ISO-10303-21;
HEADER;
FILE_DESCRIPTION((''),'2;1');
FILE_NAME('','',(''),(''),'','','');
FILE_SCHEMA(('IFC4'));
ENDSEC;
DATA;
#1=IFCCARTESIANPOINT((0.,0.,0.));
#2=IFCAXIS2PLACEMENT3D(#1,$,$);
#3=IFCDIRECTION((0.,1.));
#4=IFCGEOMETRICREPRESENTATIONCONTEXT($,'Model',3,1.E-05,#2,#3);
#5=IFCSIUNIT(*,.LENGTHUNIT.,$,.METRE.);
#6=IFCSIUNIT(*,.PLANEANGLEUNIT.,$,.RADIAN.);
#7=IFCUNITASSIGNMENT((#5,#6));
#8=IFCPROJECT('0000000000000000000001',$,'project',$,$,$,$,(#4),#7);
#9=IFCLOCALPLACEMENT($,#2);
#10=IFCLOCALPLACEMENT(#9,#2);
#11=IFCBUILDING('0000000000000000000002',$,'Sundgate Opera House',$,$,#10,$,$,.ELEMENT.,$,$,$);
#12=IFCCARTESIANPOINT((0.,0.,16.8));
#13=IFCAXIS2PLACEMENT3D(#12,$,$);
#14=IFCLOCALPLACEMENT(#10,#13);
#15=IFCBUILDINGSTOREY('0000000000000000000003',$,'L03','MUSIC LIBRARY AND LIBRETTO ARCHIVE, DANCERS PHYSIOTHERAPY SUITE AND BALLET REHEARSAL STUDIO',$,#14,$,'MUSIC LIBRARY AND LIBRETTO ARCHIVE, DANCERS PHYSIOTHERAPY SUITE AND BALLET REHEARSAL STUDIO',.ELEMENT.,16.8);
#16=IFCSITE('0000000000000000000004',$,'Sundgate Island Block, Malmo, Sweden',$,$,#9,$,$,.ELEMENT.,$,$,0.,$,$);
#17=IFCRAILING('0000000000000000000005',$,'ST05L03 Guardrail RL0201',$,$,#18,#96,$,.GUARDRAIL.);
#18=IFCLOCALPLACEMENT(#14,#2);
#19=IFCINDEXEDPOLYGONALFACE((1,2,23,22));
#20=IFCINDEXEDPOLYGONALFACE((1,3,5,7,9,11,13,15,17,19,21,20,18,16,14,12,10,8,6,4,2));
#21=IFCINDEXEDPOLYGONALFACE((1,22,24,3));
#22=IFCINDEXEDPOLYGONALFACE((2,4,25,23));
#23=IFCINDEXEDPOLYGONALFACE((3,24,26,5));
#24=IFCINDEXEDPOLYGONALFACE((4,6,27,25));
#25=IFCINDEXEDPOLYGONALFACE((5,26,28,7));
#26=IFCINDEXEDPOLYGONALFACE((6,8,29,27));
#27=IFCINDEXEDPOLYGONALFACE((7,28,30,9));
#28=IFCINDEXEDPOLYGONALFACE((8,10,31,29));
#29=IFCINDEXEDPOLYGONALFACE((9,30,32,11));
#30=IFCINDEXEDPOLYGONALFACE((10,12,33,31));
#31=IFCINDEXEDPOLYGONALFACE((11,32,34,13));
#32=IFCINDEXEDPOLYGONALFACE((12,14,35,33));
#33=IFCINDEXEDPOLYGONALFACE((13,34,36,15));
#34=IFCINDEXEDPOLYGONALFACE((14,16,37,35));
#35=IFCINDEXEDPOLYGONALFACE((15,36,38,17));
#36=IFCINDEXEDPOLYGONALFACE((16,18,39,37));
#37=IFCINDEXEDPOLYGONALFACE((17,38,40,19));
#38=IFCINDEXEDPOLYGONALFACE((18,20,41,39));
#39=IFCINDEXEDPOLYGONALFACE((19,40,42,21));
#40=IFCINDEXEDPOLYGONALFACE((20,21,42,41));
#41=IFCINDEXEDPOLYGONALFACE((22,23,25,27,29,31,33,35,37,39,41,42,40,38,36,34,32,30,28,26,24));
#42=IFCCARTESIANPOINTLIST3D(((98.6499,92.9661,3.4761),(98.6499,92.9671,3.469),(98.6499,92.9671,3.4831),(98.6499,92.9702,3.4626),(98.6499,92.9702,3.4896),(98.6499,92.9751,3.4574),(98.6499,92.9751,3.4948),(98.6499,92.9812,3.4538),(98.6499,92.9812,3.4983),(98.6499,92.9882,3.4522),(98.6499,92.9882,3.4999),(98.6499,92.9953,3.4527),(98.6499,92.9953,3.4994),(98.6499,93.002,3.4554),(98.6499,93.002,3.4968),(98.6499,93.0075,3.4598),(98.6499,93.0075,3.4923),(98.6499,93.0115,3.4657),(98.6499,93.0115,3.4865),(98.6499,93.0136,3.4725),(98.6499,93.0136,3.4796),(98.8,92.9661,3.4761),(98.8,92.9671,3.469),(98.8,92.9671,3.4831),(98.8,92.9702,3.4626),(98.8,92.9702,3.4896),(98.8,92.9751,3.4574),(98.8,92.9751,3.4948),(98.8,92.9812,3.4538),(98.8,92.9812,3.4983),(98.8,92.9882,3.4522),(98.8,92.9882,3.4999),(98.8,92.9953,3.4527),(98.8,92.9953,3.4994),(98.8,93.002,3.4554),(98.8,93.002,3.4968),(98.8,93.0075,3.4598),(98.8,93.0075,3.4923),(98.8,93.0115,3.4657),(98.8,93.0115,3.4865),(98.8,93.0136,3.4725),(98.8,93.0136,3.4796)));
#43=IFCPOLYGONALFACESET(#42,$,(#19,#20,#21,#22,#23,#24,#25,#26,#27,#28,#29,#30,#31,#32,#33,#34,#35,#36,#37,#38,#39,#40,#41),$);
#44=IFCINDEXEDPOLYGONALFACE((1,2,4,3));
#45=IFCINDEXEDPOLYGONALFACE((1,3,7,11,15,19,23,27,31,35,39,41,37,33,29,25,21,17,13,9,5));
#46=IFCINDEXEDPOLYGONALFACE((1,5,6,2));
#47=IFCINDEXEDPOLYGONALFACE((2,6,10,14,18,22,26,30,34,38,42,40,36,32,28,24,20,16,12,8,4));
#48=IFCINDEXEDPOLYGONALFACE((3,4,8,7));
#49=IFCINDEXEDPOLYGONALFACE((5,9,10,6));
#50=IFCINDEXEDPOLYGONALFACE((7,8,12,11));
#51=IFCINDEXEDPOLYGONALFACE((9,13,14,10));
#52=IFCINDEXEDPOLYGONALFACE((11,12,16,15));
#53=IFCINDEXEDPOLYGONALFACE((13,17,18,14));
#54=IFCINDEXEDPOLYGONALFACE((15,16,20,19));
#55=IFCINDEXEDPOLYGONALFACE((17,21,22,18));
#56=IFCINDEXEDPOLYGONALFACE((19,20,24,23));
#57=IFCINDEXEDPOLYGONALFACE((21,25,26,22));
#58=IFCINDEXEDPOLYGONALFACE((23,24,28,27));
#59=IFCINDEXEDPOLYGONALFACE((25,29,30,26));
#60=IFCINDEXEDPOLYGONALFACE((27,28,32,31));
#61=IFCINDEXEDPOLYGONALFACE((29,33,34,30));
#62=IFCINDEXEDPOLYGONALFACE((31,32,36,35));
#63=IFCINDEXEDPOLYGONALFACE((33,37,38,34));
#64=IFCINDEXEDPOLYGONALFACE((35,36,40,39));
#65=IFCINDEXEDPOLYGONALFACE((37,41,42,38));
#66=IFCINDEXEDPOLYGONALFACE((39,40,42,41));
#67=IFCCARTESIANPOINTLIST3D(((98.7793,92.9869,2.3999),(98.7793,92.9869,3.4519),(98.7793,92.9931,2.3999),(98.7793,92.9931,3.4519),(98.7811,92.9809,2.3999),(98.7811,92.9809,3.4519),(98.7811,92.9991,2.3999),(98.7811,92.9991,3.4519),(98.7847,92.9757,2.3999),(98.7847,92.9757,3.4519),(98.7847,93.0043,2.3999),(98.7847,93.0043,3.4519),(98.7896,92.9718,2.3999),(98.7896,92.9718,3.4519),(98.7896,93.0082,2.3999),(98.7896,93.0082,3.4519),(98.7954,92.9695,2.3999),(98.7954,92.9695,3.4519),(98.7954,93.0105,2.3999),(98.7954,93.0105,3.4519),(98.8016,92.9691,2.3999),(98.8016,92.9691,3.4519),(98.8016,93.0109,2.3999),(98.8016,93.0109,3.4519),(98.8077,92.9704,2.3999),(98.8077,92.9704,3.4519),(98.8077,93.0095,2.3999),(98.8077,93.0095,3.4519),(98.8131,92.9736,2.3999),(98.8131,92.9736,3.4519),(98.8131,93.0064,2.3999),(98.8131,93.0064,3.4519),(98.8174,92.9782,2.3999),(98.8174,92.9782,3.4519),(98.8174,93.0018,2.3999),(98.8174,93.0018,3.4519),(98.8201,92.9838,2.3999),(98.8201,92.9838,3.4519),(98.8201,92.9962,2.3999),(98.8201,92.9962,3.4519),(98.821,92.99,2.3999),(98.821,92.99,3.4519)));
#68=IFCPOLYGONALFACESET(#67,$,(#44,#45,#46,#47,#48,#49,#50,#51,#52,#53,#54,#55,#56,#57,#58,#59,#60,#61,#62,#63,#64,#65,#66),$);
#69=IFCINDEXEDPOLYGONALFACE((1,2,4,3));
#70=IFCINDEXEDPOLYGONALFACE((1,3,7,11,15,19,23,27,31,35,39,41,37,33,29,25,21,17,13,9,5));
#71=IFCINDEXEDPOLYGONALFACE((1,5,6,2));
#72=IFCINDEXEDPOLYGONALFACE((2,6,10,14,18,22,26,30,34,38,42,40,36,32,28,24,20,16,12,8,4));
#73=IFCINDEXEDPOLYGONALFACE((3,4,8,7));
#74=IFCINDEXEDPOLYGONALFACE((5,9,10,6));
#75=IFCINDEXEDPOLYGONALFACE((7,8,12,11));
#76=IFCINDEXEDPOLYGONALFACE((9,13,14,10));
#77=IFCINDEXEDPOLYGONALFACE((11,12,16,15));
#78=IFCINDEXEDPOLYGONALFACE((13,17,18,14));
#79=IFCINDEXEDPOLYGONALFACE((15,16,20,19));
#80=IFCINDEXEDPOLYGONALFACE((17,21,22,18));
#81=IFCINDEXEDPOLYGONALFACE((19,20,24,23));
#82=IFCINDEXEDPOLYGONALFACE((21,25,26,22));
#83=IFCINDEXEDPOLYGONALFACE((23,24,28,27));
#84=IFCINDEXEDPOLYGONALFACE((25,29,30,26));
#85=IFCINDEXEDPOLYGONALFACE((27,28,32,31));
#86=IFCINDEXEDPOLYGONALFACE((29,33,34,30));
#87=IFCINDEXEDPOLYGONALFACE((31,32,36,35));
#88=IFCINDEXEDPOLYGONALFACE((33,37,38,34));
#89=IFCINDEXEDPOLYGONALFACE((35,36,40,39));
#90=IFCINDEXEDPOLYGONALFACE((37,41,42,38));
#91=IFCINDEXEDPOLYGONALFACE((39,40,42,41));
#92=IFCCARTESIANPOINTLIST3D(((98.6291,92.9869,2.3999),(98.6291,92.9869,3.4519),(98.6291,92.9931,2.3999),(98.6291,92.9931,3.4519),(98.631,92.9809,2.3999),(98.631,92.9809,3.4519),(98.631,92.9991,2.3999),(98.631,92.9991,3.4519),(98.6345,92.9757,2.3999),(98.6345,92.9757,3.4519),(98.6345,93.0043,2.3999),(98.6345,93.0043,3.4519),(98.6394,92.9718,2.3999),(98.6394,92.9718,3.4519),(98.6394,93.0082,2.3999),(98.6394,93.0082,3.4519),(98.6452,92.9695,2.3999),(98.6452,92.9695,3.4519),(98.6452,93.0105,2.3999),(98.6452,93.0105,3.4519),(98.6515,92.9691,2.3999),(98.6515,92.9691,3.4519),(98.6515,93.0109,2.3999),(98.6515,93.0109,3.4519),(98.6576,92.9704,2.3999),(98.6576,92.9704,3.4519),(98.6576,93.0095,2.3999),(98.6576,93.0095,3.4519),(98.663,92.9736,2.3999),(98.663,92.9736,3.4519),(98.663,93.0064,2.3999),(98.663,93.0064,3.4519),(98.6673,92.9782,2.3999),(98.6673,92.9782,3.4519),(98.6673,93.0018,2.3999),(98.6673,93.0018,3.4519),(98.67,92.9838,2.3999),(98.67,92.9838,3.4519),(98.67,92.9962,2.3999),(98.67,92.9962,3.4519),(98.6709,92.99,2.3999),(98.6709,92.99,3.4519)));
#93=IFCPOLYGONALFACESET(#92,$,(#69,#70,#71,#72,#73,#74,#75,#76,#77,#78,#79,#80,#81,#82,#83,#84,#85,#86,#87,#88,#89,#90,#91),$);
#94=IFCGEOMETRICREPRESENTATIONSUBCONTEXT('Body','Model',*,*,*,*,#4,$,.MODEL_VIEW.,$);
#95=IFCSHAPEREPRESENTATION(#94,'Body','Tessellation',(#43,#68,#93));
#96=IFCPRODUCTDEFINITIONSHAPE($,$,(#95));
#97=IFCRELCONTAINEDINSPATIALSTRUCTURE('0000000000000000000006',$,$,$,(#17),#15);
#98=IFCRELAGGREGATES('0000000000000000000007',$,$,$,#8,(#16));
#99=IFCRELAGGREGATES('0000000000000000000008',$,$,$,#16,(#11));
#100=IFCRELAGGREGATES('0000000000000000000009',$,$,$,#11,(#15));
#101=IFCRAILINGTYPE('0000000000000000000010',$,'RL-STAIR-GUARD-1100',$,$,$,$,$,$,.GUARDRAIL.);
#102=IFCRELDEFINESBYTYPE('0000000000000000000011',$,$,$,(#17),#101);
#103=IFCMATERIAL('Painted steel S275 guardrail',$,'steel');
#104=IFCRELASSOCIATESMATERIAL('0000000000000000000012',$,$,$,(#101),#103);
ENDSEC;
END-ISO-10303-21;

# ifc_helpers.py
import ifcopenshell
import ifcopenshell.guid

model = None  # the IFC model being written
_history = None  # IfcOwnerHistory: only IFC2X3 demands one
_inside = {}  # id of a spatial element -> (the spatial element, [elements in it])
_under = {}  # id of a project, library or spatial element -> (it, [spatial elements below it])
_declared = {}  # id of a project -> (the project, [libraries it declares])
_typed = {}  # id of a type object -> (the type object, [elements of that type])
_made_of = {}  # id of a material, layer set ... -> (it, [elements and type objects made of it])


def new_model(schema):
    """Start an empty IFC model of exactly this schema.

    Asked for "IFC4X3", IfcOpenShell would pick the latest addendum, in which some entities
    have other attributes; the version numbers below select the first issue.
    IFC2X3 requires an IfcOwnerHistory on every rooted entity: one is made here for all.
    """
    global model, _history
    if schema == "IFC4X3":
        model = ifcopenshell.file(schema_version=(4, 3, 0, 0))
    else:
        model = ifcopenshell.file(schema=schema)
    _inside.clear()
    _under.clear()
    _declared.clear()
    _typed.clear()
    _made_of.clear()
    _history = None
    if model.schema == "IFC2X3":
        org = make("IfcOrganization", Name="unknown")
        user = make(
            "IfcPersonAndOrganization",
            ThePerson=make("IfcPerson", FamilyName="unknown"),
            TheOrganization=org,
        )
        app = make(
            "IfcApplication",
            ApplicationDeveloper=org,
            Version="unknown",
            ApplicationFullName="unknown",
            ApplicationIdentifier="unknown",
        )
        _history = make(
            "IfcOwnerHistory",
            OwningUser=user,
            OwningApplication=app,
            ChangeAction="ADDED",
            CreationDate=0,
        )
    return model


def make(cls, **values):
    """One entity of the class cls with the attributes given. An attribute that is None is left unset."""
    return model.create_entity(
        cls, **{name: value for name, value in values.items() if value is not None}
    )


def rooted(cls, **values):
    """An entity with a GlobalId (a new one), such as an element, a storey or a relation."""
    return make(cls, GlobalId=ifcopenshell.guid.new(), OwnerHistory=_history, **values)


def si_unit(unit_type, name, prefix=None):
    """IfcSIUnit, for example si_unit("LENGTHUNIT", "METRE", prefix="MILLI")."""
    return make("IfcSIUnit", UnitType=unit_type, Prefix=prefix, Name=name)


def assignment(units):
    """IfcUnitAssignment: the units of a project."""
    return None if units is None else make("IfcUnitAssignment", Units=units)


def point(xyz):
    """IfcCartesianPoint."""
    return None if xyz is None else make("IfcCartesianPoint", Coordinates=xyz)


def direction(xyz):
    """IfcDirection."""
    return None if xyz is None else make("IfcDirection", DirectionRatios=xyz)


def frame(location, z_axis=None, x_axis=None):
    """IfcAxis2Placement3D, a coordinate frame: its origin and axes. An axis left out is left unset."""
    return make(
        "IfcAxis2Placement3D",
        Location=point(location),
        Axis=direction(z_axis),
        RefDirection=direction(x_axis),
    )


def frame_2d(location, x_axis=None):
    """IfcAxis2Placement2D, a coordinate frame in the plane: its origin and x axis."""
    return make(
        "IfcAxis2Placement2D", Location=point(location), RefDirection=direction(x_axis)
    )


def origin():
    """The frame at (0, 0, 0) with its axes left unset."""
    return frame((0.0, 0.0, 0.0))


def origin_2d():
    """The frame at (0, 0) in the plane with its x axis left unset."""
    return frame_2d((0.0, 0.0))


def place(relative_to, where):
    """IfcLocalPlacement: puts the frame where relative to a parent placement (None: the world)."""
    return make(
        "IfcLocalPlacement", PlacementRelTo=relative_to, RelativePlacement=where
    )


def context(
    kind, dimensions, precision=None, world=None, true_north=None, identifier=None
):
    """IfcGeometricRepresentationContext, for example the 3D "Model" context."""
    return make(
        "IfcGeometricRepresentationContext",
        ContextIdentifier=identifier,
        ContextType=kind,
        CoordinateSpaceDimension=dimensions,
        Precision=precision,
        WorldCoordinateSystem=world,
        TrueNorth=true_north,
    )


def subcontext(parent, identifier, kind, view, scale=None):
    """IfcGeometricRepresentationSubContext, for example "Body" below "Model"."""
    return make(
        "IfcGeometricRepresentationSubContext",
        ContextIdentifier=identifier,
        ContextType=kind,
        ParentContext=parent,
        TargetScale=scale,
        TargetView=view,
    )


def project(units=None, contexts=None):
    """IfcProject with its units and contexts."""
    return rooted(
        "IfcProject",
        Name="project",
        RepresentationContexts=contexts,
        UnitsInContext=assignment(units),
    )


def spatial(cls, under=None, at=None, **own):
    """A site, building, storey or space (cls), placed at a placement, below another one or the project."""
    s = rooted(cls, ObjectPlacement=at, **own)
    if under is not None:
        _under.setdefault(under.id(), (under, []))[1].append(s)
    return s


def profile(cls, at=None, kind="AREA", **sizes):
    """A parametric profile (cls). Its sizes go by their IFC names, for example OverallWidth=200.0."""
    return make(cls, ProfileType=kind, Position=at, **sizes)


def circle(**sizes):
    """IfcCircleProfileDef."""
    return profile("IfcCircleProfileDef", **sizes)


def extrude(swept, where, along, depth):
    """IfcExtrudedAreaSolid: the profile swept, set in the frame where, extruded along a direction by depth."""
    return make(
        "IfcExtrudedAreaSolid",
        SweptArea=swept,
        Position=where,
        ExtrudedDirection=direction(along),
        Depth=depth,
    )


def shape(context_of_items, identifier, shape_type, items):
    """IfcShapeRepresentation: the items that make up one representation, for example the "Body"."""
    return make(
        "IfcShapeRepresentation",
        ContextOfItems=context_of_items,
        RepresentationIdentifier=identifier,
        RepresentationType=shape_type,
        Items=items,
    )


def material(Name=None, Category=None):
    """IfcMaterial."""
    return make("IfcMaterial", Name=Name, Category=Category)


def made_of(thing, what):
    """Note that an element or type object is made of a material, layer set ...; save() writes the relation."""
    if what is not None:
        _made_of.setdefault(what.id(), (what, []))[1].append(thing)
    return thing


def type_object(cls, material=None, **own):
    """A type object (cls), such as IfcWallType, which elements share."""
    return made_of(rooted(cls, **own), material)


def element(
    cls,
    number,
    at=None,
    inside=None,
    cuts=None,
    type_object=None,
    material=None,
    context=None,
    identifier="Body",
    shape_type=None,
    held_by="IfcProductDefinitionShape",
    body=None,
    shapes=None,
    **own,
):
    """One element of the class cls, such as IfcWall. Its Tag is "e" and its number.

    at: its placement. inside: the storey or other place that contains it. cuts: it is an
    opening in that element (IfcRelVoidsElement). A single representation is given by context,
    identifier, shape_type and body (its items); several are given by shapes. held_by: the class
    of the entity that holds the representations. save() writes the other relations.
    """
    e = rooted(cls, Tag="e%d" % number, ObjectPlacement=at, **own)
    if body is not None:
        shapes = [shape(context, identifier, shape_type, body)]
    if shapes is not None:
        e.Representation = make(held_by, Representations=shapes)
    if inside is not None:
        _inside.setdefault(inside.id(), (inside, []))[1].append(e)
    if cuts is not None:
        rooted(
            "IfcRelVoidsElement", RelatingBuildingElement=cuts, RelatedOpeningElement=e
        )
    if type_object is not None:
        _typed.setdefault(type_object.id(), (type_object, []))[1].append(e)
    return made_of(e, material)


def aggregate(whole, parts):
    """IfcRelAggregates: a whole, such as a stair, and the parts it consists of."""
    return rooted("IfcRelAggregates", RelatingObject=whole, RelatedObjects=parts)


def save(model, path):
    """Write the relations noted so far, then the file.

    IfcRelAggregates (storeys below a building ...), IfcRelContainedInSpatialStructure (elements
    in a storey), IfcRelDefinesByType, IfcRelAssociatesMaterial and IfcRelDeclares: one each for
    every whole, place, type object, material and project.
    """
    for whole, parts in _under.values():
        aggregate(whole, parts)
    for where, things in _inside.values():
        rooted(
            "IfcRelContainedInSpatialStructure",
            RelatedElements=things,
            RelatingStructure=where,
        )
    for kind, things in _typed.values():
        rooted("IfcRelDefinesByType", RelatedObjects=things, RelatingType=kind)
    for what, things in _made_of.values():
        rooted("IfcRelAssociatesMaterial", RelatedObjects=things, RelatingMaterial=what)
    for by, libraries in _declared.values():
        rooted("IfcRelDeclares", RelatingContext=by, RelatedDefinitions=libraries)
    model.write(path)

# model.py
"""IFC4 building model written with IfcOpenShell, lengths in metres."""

from ifc_helpers import new_model, si_unit, direction, frame, origin, origin_2d, place, context, subcontext, project, spatial, circle, extrude, material, type_object, element, save


model = new_model("IFC4")

# Units and contexts
model_context = context("Model", 3, precision=1e-05, world=origin(), true_north=direction((0.0, 1.0)))
body_context = subcontext(model_context, "Body", "Model", "MODEL_VIEW")
ifc_project = project(units=[si_unit("LENGTHUNIT", "METRE"), si_unit("PLANEANGLEUNIT", "RADIAN")], contexts=[model_context])

# Site, building, storey
site_placement = place(None, origin())
site = spatial("IfcSite", under=ifc_project, at=site_placement, Name="Sundgate Island Block, Malmo, Sweden", CompositionType="ELEMENT", RefElevation=0.0)
building_placement = place(site_placement, origin())
building = spatial("IfcBuilding", under=site, at=building_placement, Name="Sundgate Opera House", CompositionType="ELEMENT")
storey_placement = place(building_placement, frame((0.0, 0.0, 16.8)))
storey = spatial("IfcBuildingStorey", under=building, at=storey_placement, Name="L03", Description="MUSIC LIBRARY AND LIBRETTO ARCHIVE, DANCERS PHYSIOTHERAPY SUITE AND BALLET REHEARSAL STUDIO", LongName="MUSIC LIBRARY AND LIBRETTO ARCHIVE, DANCERS PHYSIOTHERAPY SUITE AND BALLET REHEARSAL STUDIO", CompositionType="ELEMENT", Elevation=16.8)

# Railing
ifc_material_1 = material(Name="Painted steel S275 guardrail", Category="steel")
railing_type_1 = type_object("IfcRailingType", Name="RL-STAIR-GUARD-1100", PredefinedType="GUARDRAIL", material=ifc_material_1)
railing_1_placement = place(storey_placement, frame((98.8, 92.99, 2.3999)))
element("IfcRailing", 1, at=railing_1_placement, inside=storey, type_object=railing_type_1, Name="ST05L03 Guardrail RL0201", PredefinedType="GUARDRAIL", context=body_context, shape_type="SweptSolid", body=[
    extrude(circle(Radius=0.0239, at=origin_2d()), frame((0.0, 0.0, 1.0762), z_axis=(-1.0, 0.0, 0.0), x_axis=(0.0, -1.0, 0.0)), (0.0, 0.0, 1.0), 0.1501),
    extrude(circle(Radius=0.021, at=origin_2d()), origin(), (0.0, 0.0, 1.0), 1.052),
    extrude(circle(Radius=0.021, at=origin_2d()), frame((-0.1501, 0.0, 0.0)), (0.0, 0.0, 1.0), 1.052),
])

save(model, "model.ifc")
